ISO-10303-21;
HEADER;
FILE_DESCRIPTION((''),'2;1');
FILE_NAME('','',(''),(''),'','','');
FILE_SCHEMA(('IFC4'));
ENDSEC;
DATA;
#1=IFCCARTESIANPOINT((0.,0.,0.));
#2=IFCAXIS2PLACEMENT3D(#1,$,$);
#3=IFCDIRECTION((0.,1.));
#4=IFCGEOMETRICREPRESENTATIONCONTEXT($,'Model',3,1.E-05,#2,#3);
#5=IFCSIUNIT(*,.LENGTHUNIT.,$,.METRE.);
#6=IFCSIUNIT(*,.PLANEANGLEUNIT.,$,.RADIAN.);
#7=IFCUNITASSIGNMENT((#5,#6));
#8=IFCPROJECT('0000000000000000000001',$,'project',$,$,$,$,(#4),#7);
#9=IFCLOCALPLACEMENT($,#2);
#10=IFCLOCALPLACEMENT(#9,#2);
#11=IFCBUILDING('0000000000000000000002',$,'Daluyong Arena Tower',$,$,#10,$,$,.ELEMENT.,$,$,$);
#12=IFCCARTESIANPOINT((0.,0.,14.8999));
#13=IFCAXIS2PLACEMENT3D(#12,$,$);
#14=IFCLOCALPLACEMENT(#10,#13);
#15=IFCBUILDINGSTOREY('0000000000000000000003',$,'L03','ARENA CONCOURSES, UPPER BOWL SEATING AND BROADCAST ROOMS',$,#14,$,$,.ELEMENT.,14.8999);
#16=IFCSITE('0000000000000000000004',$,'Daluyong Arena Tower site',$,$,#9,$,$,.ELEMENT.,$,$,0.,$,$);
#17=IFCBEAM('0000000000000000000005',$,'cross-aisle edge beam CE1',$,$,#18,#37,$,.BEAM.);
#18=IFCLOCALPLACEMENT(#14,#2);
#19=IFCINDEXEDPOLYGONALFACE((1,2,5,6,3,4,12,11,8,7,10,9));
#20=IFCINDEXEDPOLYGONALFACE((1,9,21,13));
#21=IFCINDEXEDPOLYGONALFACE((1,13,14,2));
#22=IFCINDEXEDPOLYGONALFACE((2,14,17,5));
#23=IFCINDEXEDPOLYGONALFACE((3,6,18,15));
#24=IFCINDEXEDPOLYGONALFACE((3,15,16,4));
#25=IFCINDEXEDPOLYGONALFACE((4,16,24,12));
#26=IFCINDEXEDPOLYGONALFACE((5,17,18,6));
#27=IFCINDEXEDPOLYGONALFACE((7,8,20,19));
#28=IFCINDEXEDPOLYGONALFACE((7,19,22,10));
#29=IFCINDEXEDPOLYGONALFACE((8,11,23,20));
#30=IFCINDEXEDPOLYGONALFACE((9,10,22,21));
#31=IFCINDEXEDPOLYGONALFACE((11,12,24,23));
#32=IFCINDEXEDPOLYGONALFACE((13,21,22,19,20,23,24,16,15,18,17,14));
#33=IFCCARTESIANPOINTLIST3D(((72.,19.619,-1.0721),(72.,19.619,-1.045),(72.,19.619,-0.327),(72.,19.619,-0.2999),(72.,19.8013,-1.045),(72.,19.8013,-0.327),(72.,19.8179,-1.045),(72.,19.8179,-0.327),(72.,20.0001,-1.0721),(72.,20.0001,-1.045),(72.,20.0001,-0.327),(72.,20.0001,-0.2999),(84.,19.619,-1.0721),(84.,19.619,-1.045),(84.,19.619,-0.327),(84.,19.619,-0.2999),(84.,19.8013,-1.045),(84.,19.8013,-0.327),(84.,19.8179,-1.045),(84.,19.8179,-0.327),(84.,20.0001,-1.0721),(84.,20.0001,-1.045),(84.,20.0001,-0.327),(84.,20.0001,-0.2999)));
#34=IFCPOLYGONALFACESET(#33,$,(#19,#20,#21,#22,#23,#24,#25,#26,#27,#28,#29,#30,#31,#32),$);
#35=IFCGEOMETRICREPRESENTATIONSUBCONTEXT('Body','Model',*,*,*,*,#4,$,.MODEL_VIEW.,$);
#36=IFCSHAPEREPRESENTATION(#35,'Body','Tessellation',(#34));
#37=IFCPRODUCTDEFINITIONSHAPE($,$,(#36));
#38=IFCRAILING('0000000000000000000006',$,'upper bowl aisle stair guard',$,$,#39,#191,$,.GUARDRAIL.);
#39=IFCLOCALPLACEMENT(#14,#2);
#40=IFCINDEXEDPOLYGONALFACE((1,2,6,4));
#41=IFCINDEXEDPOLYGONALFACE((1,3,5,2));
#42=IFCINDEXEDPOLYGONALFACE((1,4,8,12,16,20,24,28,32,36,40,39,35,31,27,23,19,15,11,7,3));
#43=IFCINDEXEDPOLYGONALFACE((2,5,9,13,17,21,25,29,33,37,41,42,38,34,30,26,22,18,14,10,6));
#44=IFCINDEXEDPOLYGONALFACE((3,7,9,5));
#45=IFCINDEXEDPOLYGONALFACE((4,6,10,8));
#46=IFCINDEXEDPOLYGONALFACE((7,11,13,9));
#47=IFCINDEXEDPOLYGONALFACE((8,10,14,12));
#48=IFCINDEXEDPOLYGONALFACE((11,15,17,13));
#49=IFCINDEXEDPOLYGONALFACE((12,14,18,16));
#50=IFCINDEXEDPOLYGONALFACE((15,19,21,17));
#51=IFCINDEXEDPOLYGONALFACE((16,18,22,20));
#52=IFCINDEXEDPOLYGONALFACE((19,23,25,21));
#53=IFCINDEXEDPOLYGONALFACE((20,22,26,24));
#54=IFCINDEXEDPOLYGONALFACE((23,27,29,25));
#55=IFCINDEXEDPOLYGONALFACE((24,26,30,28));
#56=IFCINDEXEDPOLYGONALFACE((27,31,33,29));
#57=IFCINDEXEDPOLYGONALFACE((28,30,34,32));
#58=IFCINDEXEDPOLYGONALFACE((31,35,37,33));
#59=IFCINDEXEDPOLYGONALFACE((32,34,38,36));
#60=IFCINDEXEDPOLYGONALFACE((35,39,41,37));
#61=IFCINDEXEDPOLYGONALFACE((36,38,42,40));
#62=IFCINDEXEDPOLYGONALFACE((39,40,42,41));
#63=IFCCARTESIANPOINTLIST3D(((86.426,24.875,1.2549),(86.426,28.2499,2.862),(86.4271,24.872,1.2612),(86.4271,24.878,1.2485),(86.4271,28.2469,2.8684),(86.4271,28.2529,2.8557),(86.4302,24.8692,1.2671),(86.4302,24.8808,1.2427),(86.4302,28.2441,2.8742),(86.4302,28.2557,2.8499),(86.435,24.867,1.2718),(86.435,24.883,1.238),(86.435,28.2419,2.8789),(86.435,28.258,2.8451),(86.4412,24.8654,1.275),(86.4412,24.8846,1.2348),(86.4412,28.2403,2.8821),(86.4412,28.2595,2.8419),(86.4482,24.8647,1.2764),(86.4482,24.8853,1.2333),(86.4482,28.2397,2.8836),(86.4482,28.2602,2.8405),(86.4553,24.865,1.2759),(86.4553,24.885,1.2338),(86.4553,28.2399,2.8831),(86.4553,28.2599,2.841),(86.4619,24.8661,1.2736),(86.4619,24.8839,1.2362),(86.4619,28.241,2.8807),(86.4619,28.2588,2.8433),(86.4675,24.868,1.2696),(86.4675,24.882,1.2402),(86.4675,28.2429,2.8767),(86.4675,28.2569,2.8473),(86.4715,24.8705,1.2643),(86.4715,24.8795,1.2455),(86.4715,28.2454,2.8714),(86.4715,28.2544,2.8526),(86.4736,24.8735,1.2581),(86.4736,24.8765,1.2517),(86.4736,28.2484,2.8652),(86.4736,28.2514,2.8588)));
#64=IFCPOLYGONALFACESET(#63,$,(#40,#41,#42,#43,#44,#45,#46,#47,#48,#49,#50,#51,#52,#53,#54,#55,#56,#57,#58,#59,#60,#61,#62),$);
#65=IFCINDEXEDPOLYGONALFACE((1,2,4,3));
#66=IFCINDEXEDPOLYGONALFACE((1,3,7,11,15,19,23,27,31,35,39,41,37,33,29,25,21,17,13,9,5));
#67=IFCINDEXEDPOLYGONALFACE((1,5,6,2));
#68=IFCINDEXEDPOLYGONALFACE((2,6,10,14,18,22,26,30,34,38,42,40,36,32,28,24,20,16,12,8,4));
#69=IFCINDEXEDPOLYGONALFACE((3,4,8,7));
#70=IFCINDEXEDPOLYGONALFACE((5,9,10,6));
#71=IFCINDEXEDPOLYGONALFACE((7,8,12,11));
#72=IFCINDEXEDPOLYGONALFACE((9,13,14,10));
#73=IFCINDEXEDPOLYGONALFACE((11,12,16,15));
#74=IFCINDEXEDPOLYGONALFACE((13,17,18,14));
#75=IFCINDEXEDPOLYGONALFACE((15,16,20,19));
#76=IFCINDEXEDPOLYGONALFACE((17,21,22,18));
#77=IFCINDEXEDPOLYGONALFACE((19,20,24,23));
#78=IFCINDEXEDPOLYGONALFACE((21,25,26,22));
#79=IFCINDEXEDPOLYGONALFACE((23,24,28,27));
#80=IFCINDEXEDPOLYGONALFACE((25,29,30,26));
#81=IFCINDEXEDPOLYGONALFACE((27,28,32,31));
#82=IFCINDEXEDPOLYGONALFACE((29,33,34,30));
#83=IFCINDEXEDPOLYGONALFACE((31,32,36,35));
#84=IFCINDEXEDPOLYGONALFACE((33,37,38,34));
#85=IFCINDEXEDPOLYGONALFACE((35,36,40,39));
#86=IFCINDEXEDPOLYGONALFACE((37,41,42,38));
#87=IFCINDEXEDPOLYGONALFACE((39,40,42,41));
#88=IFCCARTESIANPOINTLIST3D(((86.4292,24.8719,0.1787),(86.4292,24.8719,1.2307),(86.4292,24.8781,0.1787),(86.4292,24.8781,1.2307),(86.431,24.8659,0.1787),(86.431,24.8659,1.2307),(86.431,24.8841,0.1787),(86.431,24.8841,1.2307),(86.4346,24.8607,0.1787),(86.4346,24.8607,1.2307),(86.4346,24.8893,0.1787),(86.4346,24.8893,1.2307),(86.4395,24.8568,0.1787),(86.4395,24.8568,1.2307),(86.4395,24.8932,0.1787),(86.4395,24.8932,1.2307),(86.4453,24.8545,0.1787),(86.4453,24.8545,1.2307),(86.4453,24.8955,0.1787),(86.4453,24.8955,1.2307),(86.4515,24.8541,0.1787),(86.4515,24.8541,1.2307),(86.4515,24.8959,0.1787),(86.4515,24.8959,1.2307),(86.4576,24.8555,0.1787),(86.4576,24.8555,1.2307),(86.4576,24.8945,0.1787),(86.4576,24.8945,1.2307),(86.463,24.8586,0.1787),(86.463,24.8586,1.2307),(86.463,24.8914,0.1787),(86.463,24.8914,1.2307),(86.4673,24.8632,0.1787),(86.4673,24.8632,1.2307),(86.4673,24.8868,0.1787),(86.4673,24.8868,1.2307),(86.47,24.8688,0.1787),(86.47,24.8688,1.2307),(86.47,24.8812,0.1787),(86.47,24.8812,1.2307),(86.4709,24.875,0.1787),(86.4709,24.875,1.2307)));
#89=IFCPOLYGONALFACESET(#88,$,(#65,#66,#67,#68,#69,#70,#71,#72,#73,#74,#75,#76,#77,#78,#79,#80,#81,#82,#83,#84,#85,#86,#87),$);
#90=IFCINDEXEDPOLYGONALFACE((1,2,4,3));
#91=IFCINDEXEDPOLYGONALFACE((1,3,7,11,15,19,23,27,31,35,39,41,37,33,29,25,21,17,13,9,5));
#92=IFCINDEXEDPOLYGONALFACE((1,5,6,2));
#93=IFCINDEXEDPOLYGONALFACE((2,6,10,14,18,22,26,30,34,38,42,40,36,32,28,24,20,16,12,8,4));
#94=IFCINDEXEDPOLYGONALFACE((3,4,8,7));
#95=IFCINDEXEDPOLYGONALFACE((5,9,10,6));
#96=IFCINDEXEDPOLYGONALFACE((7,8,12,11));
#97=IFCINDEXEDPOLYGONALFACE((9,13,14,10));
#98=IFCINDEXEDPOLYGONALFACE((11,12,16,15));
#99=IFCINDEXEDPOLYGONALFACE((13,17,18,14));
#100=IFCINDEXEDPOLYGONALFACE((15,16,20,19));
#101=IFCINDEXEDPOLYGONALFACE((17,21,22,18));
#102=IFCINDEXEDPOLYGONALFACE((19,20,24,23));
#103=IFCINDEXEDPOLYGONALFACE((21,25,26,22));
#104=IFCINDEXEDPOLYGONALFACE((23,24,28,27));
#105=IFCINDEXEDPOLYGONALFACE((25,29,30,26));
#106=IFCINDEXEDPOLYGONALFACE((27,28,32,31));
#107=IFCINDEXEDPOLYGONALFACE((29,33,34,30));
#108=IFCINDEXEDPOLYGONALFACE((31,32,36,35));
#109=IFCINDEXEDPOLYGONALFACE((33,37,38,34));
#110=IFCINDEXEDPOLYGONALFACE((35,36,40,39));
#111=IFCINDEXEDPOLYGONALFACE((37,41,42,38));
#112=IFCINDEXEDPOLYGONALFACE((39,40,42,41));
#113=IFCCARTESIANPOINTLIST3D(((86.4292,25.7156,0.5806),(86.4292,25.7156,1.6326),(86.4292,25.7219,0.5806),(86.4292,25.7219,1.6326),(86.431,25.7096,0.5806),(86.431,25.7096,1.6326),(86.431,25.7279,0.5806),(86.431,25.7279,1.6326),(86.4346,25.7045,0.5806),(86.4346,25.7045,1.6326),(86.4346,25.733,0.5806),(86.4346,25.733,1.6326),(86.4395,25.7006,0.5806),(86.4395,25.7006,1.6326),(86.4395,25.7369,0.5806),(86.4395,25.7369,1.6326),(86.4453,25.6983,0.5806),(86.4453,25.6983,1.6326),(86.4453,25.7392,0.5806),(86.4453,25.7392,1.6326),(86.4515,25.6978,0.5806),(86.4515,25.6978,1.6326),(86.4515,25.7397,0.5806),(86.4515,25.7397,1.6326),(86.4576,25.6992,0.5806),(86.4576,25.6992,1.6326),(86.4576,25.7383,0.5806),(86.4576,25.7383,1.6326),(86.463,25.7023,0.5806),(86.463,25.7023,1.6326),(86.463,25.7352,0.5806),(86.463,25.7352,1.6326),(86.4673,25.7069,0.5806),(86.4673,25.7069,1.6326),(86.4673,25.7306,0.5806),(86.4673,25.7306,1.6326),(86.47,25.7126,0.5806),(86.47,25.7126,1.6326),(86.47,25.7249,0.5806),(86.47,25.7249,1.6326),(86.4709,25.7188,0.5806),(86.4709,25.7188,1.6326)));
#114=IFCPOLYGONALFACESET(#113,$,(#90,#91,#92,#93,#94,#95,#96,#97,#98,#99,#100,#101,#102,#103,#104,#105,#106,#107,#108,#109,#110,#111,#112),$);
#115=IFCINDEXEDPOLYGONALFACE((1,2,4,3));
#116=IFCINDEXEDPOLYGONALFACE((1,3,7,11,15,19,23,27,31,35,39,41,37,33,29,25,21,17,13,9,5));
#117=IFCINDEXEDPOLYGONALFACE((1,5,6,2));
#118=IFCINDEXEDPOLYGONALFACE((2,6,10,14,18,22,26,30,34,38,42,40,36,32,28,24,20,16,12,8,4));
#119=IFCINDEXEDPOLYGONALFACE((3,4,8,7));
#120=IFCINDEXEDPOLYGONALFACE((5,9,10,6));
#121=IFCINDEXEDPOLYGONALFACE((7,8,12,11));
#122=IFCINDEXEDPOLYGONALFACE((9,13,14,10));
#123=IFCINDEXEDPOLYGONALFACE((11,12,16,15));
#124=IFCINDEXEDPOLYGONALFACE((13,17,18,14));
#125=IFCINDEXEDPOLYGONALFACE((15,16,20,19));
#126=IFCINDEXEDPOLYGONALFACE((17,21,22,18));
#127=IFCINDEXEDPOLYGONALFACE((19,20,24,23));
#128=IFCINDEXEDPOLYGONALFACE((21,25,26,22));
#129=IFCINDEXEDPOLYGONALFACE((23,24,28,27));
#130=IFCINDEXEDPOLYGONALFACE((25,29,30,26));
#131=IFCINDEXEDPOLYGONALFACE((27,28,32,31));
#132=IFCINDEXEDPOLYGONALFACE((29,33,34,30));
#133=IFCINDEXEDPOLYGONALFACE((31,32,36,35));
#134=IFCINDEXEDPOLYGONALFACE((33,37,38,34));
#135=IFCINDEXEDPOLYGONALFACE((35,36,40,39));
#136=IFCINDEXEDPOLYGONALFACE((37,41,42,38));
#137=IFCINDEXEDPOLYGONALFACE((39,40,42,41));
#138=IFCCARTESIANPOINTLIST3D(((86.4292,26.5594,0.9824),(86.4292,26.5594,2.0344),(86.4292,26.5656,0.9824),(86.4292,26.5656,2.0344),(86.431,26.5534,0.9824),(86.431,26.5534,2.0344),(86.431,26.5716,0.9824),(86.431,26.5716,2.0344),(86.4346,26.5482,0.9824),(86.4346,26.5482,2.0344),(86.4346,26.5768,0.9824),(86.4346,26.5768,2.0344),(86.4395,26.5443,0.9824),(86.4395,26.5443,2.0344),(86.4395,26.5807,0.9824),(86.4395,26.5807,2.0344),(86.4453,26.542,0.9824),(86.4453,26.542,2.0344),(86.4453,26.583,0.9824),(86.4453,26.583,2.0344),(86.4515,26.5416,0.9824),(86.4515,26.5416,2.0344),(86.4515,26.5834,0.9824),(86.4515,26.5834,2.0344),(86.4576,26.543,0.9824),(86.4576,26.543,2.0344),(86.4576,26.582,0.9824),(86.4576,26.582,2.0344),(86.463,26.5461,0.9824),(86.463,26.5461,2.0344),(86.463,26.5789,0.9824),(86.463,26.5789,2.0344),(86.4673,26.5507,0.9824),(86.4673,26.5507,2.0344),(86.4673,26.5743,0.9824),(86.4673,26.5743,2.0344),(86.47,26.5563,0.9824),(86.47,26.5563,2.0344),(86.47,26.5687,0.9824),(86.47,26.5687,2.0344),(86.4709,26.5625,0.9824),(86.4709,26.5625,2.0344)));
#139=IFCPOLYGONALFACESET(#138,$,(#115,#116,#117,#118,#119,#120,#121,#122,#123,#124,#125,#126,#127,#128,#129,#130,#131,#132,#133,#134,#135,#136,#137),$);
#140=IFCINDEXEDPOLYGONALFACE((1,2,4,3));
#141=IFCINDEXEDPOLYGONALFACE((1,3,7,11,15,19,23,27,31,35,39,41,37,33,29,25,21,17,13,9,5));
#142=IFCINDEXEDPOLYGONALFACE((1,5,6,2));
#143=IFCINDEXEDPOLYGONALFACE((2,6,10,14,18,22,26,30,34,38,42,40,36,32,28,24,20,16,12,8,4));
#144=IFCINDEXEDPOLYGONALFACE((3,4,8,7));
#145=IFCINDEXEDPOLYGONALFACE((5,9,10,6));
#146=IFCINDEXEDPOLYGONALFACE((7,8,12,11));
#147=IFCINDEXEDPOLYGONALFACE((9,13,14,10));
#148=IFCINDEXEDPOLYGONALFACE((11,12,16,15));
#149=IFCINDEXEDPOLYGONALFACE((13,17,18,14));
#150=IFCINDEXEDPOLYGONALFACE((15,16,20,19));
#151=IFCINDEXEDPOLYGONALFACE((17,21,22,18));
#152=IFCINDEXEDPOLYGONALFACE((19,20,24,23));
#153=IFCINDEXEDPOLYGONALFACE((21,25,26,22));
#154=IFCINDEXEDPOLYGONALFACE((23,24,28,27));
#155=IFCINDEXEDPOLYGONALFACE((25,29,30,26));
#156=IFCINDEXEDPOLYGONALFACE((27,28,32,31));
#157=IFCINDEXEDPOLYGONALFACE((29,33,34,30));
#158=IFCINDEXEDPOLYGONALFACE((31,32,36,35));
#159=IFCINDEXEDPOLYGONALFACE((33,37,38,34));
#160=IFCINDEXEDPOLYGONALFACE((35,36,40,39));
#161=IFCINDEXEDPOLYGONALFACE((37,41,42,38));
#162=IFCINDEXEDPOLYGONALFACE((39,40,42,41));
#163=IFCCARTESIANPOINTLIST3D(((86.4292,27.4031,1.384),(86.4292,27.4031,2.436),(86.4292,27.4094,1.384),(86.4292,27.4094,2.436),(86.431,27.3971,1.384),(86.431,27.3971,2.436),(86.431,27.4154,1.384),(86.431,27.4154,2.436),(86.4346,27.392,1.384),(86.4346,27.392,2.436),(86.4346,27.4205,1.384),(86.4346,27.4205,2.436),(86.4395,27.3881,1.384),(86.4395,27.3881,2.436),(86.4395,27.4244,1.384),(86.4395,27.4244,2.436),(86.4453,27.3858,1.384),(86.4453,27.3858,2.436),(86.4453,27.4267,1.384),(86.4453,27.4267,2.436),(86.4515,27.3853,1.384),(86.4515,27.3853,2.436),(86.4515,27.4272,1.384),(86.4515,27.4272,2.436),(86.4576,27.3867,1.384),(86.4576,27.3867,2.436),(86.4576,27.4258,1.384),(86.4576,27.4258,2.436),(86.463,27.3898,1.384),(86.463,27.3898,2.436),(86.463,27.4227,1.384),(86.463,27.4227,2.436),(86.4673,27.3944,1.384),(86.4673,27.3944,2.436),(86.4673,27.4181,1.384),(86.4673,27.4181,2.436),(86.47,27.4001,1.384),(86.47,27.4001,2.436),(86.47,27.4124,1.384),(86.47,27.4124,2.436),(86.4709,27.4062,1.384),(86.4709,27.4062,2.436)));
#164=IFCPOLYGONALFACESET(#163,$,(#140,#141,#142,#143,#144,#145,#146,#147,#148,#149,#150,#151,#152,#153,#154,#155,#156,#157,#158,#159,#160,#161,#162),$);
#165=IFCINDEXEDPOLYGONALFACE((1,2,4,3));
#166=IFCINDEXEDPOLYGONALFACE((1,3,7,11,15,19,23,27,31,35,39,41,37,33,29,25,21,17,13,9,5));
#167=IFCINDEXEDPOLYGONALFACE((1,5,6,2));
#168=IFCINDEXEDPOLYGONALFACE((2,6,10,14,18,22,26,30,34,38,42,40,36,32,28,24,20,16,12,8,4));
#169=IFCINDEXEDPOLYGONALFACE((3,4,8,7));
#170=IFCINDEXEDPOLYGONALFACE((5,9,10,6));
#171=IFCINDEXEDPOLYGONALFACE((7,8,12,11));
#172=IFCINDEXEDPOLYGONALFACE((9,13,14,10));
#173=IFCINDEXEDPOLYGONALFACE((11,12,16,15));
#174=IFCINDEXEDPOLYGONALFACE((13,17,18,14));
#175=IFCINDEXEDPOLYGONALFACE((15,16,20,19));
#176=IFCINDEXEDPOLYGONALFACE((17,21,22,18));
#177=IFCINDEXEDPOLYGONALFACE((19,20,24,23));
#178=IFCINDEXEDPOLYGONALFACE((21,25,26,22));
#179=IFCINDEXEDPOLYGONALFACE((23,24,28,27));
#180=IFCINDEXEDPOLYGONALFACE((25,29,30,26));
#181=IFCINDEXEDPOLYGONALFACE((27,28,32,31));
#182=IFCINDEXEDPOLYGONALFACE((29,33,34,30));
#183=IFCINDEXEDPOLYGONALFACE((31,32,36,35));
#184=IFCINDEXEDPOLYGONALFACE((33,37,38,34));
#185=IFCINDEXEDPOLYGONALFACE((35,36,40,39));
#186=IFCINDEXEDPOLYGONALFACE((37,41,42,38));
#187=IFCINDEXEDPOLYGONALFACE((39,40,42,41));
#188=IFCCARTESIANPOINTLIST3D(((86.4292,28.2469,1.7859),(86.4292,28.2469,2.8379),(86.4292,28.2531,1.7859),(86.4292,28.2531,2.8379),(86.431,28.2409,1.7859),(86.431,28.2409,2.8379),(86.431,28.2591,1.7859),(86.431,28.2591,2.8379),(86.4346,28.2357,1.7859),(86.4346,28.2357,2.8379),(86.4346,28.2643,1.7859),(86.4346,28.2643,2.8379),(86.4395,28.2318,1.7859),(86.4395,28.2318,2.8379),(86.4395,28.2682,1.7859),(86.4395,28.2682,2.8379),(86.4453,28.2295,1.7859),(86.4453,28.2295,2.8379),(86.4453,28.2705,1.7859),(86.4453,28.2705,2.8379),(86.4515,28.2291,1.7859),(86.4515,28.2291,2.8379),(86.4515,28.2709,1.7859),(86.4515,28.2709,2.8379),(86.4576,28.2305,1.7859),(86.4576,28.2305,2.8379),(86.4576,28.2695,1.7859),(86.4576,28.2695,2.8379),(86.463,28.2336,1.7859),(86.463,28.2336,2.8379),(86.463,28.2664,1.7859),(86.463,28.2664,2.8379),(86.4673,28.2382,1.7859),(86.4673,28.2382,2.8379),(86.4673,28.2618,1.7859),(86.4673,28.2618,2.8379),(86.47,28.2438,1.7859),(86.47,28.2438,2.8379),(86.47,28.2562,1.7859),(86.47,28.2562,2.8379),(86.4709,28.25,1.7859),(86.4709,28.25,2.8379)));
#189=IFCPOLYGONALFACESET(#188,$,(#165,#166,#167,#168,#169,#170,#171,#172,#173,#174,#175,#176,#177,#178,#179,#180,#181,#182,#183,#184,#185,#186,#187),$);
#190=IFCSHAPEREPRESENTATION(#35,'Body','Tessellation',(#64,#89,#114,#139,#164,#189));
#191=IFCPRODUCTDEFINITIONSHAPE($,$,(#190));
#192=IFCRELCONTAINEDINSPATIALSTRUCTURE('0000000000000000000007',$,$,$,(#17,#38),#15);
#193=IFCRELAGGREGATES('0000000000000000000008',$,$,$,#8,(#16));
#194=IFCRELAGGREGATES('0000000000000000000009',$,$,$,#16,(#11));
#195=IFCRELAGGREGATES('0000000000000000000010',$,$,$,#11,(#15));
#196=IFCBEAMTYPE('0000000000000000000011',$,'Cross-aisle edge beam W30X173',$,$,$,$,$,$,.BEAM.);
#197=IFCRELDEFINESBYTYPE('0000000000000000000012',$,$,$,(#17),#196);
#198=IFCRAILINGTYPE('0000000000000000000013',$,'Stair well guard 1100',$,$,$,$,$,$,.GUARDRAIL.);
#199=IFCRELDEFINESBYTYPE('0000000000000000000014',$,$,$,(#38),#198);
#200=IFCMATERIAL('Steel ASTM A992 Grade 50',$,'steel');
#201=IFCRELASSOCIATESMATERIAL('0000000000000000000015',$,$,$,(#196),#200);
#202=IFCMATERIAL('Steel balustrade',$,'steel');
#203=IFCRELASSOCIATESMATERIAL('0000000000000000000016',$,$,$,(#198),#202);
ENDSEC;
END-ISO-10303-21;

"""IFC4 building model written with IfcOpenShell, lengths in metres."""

from ifc_helpers import new_model, si_unit, direction, frame, origin, origin_2d, place, context, subcontext, project, spatial, circle, i_section, extrude, material, material_profile, profile_set, type_object, element, save


model = new_model("IFC4")

# Units and contexts
model_context = context("Model", 3, precision=1e-05, world=origin(), true_north=direction((0.0, 1.0)))
body_context = subcontext(model_context, "Body", "Model", "MODEL_VIEW")
ifc_project = project(units=[si_unit("LENGTHUNIT", "METRE"), si_unit("PLANEANGLEUNIT", "RADIAN")], contexts=[model_context])

# Site, building, storey
site_placement = place(None, origin())
site = spatial("IfcSite", under=ifc_project, at=site_placement, Name="Daluyong Arena Tower site", CompositionType="ELEMENT", RefElevation=0.0)
building_placement = place(site_placement, origin())
building = spatial("IfcBuilding", under=site, at=building_placement, Name="Daluyong Arena Tower", CompositionType="ELEMENT")
storey_placement = place(building_placement, frame((0.0, 0.0, 14.8999)))
storey = spatial("IfcBuildingStorey", under=building, at=storey_placement, Name="L03", Description="ARENA CONCOURSES, UPPER BOWL SEATING AND BROADCAST ROOMS", CompositionType="ELEMENT", Elevation=14.8999)

# Beam
ifc_material_1 = material(Name="Steel ASTM A992 Grade 50", Category="steel")
ifc_material_profile_1 = material_profile(ifc_material_1, i_section(OverallWidth=0.3811, OverallDepth=0.7722, WebThickness=0.0166, FlangeThickness=0.0271, at=origin_2d()))
ifc_profile_set_1 = profile_set([ifc_material_profile_1], Name="Steel ASTM A992 Grade 50")
beam_type = type_object("IfcBeamType", Name="Cross-aisle edge beam W30X173", PredefinedType="BEAM", material=ifc_profile_set_1)
beam_1_placement = place(storey_placement, frame((72.0, 19.8096, -0.686), z_axis=(1.0, 0.0, 0.0), x_axis=(0.0, 1.0, 0.0)))
element("IfcBeam", 1, at=beam_1_placement, inside=storey, type_object=beam_type, Name="cross-aisle edge beam CE1", PredefinedType="BEAM", context=body_context, shape_type="SweptSolid", body=[
    extrude(i_section(OverallWidth=0.3811, OverallDepth=0.7722, WebThickness=0.0166, FlangeThickness=0.0271, at=origin_2d()), origin(), (0.0, 0.0, 1.0), 12.0),
])

# Railing
ifc_material_2 = material(Name="Steel balustrade", Category="steel")
railing_type_1 = type_object("IfcRailingType", Name="Stair well guard 1100", PredefinedType="GUARDRAIL", material=ifc_material_2)
railing_1_placement = place(storey_placement, frame((86.45, 24.875, 0.1787)))
element("IfcRailing", 2, at=railing_1_placement, inside=storey, type_object=railing_type_1, Name="upper bowl aisle stair guard", PredefinedType="GUARDRAIL", context=body_context, shape_type="SweptSolid", body=[
    extrude(circle(Radius=0.0239, at=origin_2d()), frame((0.0, 0.0, 1.0762), z_axis=(0.0, 0.902857, 0.429941), x_axis=(-1.0, 0.0, 0.0)), (0.0, 0.0, 1.0), 3.738),
    extrude(circle(Radius=0.021, at=origin_2d()), origin(), (0.0, 0.0, 1.0), 1.052),
    extrude(circle(Radius=0.021, at=origin_2d()), frame((0.0, 0.8438, 0.4019)), (0.0, 0.0, 1.0), 1.052),
    extrude(circle(Radius=0.021, at=origin_2d()), frame((0.0, 1.6875, 0.8037)), (0.0, 0.0, 1.0), 1.052),
    extrude(circle(Radius=0.021, at=origin_2d()), frame((0.0, 2.5312, 1.2053)), (0.0, 0.0, 1.0), 1.052),
    extrude(circle(Radius=0.021, at=origin_2d()), frame((0.0, 3.375, 1.6072)), (0.0, 0.0, 1.0), 1.052),
])

save(model, "model.ifc")
